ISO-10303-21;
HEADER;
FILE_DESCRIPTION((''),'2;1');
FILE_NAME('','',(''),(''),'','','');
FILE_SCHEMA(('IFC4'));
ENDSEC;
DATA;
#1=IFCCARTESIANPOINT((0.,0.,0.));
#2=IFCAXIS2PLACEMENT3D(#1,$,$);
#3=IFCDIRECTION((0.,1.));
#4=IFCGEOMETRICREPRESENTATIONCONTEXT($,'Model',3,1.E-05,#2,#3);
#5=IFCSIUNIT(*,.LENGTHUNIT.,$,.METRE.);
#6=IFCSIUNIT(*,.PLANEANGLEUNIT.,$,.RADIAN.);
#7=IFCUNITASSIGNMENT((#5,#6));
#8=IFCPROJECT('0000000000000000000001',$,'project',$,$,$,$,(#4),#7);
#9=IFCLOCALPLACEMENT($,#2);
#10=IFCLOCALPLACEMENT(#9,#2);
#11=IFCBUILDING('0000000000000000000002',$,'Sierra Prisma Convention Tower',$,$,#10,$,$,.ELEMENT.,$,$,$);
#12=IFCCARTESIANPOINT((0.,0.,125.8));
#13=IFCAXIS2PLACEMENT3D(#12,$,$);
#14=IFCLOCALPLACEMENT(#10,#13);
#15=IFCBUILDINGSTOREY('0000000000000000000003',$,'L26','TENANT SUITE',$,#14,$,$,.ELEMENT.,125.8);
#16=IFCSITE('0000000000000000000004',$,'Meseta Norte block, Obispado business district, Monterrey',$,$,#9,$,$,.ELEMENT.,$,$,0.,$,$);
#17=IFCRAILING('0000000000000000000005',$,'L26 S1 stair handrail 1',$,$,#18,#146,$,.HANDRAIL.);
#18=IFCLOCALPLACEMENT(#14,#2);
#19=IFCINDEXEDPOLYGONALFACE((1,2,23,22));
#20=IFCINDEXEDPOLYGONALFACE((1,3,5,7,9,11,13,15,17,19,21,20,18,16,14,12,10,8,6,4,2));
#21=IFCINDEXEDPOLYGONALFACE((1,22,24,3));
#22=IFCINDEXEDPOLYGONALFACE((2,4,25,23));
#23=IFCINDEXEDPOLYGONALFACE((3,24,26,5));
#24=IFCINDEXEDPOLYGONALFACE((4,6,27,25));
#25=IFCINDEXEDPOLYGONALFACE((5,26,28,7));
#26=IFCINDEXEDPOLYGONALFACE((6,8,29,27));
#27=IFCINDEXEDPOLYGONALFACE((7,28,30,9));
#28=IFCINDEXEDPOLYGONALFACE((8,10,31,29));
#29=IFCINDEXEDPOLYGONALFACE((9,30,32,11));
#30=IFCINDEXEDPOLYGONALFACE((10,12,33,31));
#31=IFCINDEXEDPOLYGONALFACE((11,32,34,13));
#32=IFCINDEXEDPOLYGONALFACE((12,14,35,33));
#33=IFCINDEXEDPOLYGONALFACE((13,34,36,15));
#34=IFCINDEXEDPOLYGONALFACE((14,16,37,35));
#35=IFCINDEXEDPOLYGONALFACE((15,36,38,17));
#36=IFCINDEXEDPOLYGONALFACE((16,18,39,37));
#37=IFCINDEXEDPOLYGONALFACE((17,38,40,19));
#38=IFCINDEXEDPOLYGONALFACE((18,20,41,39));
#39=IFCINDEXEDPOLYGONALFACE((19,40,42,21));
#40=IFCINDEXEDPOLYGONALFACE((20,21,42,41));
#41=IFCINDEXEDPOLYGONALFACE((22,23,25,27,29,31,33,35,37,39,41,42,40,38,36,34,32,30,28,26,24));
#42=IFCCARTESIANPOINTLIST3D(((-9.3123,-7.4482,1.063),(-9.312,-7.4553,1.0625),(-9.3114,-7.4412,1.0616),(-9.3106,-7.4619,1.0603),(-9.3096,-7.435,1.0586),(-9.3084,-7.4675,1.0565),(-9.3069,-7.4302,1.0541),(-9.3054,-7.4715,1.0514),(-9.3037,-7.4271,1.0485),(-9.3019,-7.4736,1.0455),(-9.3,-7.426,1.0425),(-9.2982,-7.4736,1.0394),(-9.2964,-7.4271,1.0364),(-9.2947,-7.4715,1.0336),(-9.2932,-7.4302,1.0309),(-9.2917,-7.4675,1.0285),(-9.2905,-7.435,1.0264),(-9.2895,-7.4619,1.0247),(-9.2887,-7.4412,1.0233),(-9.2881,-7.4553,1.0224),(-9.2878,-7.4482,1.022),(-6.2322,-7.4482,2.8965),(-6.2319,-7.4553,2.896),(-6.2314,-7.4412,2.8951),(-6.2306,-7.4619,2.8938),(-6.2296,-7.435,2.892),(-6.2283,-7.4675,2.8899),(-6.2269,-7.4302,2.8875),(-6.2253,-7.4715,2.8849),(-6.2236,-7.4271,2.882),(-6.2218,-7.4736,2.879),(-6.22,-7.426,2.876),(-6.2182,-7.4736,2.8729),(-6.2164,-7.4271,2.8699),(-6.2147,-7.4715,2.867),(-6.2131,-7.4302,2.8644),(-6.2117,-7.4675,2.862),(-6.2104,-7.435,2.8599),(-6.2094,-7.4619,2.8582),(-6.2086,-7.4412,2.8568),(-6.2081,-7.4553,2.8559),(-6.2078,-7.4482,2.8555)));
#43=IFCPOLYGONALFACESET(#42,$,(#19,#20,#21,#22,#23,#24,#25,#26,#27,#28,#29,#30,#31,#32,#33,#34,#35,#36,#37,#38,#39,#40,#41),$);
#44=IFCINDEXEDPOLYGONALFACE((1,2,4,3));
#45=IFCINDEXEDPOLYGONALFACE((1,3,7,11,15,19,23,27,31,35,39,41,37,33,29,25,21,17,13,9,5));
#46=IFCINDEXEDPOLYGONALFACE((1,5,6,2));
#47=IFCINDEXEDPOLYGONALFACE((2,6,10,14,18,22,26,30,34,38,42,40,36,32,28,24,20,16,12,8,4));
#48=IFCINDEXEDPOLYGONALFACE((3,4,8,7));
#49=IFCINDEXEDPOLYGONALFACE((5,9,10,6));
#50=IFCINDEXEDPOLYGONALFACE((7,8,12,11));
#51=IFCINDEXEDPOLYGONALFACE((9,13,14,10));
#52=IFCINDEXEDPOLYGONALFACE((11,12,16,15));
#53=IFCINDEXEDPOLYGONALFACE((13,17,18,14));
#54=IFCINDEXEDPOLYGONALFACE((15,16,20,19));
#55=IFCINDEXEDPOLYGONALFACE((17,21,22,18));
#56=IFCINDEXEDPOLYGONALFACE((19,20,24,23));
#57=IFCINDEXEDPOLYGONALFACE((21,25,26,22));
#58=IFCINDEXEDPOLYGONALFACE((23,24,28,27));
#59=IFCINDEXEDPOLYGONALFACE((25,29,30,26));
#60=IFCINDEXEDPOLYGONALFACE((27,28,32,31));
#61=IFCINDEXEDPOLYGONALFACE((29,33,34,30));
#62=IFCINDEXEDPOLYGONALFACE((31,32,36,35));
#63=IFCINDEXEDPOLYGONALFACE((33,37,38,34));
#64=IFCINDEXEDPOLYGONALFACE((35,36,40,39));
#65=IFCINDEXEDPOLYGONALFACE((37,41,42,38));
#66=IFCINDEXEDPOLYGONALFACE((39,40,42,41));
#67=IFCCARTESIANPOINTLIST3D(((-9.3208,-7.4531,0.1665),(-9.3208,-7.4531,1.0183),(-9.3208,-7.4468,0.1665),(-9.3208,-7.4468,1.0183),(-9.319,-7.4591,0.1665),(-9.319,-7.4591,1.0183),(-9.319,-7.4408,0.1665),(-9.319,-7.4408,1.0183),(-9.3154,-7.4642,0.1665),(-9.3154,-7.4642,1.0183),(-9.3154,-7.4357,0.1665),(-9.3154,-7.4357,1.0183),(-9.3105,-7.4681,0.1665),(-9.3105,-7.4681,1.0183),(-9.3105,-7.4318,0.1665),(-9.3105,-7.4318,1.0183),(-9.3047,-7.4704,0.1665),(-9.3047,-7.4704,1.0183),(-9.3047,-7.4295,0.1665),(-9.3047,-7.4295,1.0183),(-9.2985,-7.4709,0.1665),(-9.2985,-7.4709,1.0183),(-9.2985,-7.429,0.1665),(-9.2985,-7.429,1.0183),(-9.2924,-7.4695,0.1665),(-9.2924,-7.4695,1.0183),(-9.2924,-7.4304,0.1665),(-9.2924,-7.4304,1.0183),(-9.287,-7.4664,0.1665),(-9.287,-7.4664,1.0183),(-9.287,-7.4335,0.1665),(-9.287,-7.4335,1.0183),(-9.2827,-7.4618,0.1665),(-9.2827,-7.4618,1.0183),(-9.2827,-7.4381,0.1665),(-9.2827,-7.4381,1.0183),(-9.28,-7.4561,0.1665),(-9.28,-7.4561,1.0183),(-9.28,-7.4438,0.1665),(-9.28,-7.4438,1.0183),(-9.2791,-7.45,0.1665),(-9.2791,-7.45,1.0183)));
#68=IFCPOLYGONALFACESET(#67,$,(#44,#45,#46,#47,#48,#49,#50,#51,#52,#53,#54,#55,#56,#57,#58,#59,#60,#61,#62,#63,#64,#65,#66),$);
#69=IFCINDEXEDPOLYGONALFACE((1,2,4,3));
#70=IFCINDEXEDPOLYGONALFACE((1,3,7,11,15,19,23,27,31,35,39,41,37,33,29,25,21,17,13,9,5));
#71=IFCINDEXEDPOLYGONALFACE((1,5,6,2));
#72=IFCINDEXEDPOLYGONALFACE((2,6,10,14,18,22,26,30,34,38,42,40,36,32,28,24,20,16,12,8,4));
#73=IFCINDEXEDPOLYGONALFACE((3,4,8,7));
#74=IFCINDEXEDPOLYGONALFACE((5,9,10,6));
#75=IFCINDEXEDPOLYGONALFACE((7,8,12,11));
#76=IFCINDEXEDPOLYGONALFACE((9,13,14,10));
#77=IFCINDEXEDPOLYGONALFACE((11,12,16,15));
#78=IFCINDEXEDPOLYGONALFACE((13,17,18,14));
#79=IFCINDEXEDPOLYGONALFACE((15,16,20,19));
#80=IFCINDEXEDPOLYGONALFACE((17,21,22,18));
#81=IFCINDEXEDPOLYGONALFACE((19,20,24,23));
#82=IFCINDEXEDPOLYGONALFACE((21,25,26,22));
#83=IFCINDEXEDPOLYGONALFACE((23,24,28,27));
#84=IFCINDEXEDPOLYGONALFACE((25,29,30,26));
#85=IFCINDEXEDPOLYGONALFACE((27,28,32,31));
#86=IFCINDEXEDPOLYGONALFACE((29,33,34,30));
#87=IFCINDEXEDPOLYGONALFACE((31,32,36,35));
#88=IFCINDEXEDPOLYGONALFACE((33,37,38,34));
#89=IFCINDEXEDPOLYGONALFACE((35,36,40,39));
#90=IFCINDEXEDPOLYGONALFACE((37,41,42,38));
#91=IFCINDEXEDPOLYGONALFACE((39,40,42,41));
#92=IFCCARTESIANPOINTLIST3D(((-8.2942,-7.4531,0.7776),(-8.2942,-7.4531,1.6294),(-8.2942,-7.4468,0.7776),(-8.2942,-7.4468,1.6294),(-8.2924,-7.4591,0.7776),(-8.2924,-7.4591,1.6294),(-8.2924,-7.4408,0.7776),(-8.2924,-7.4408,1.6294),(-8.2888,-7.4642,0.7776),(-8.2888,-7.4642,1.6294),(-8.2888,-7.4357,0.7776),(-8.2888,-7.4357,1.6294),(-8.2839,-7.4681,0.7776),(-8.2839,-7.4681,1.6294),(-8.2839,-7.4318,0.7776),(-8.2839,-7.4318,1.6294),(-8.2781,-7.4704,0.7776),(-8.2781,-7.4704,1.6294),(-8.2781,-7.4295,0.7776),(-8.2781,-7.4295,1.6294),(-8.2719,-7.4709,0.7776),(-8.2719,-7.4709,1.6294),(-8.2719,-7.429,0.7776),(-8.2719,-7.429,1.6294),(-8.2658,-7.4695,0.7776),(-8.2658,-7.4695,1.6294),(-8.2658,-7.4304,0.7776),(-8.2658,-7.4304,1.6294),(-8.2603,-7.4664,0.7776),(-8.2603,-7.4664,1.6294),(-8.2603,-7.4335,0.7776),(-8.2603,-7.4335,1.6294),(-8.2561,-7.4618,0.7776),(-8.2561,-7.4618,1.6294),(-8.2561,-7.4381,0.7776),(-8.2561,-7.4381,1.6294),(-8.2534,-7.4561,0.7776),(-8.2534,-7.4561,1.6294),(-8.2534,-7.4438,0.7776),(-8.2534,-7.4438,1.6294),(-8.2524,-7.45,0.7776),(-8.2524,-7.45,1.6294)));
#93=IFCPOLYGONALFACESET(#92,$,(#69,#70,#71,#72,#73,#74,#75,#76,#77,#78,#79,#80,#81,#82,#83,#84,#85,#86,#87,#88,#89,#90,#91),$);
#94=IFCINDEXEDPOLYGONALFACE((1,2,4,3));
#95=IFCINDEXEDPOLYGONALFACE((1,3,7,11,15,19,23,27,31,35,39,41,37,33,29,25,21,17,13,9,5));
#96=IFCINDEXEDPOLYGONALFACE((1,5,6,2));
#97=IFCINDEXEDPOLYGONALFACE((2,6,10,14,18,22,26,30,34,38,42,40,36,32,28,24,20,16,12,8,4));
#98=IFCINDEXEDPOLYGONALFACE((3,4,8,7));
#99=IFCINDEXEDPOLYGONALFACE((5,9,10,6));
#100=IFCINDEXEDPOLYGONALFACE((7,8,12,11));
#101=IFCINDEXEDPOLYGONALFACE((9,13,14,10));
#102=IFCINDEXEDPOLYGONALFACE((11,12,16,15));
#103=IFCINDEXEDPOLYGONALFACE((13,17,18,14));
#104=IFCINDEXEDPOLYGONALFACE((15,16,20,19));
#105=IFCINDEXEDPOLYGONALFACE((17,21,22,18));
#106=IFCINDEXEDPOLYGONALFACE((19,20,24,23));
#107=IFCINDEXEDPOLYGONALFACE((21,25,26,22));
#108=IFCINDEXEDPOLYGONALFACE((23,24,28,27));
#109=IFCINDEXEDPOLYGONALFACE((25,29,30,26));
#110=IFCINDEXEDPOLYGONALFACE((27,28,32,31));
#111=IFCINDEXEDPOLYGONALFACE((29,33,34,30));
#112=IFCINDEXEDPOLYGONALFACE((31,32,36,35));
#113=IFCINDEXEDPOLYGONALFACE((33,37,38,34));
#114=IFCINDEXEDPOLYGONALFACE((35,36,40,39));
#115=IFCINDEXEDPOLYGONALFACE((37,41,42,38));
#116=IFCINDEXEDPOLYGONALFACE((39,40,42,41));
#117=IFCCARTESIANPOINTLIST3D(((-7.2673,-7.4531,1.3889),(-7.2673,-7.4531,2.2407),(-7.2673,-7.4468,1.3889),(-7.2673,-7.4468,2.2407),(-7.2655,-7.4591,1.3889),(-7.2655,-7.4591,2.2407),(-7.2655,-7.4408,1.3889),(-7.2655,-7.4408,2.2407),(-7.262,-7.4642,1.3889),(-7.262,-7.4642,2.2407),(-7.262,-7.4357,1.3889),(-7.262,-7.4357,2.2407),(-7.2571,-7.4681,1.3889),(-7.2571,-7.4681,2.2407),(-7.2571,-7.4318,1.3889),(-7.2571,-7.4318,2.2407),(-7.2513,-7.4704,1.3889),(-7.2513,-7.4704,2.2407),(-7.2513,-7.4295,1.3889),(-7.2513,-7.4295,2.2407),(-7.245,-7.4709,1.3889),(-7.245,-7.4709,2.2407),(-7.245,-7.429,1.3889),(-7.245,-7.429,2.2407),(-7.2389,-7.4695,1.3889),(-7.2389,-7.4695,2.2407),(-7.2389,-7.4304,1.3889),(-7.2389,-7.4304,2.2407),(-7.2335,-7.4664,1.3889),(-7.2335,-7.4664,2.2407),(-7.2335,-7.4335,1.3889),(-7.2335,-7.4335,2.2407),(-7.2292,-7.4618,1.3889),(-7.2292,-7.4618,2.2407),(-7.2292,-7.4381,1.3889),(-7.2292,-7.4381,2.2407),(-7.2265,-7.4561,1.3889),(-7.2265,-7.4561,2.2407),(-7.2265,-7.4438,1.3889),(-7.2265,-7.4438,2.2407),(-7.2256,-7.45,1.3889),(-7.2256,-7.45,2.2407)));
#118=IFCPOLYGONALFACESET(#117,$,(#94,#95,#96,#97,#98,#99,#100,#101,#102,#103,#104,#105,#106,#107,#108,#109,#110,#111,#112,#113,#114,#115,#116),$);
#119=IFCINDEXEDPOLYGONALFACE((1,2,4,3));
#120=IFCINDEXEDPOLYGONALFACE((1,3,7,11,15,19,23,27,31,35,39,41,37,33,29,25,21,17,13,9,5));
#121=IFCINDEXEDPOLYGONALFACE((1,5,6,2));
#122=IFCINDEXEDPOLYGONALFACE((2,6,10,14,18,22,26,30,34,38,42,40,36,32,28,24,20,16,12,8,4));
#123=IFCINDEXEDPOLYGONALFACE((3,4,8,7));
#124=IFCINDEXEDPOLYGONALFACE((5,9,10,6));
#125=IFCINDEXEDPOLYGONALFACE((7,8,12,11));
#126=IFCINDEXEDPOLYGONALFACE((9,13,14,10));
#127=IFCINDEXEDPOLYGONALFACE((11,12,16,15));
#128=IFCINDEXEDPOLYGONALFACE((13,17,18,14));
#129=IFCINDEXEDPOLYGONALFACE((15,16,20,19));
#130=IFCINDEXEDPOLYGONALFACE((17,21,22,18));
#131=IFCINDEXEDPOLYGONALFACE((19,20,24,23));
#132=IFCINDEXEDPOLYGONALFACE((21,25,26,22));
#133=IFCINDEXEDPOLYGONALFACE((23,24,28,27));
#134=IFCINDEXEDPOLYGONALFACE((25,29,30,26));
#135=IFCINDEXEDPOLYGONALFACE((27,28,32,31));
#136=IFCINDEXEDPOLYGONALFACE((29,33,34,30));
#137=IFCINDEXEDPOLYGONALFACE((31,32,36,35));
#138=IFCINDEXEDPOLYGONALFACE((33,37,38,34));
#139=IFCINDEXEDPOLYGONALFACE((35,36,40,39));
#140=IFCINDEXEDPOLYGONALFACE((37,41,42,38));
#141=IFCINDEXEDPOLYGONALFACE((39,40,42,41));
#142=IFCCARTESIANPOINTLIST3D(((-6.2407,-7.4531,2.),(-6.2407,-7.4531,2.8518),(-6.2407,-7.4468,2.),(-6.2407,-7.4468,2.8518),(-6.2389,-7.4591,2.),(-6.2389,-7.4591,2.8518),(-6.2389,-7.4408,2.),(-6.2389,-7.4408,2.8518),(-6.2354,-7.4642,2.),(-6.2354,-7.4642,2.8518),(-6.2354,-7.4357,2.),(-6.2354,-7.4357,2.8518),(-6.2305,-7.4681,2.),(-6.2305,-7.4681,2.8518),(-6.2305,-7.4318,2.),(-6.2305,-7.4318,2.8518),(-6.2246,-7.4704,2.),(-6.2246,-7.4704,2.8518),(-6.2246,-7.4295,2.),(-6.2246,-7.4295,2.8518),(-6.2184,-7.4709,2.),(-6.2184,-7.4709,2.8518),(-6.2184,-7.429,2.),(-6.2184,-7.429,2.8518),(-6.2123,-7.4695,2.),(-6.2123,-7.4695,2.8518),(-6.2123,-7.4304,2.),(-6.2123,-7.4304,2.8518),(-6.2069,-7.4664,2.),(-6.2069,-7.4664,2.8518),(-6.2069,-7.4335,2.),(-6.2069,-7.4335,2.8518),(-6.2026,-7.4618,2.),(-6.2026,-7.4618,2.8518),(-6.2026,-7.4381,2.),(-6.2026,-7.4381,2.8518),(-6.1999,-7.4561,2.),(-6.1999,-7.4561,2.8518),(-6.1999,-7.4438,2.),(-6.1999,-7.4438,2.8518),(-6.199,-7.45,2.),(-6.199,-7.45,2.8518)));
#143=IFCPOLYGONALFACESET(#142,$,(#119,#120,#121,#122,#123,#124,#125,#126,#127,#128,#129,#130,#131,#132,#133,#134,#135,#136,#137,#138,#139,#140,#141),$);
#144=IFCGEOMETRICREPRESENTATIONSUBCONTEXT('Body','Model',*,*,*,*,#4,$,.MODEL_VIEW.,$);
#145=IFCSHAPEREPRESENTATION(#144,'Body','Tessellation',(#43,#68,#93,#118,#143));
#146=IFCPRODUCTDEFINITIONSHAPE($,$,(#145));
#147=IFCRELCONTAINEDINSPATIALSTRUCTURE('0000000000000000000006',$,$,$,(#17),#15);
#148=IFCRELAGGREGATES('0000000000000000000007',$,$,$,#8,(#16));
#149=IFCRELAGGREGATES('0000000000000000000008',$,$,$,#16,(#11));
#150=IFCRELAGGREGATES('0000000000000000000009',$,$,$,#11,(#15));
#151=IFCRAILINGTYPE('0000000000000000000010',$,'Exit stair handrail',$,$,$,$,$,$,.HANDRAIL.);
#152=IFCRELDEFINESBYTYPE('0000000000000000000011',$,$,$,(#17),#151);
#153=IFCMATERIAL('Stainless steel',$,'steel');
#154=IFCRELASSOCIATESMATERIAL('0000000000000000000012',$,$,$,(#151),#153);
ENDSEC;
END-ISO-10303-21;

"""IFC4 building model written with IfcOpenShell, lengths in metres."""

from ifc_helpers import new_model, si_unit, direction, frame, origin, origin_2d, place, context, subcontext, project, spatial, circle, extrude, material, type_object, element, save


model = new_model("IFC4")

# Units and contexts
model_context = context("Model", 3, precision=1e-05, world=origin(), true_north=direction((0.0, 1.0)))
body_context = subcontext(model_context, "Body", "Model", "MODEL_VIEW")
ifc_project = project(units=[si_unit("LENGTHUNIT", "METRE"), si_unit("PLANEANGLEUNIT", "RADIAN")], contexts=[model_context])

# Site, building, storey
site_placement = place(None, origin())
site = spatial("IfcSite", under=ifc_project, at=site_placement, Name="Meseta Norte block, Obispado business district, Monterrey", CompositionType="ELEMENT", RefElevation=0.0)
building_placement = place(site_placement, origin())
building = spatial("IfcBuilding", under=site, at=building_placement, Name="Sierra Prisma Convention Tower", CompositionType="ELEMENT")
storey_placement = place(building_placement, frame((0.0, 0.0, 125.8)))
storey = spatial("IfcBuildingStorey", under=building, at=storey_placement, Name="L26", Description="TENANT SUITE", CompositionType="ELEMENT", Elevation=125.8)

# Railing
ifc_material_1 = material(Name="Stainless steel", Category="steel")
railing_type_1 = type_object("IfcRailingType", Name="Exit stair handrail", PredefinedType="HANDRAIL", material=ifc_material_1)
railing_1_placement = place(storey_placement, frame((-9.3, -7.45, 0.1665)))
element("IfcRailing", 1, at=railing_1_placement, inside=storey, type_object=railing_type_1, Name="L26 S1 stair handrail 1", PredefinedType="HANDRAIL", context=body_context, shape_type="SweptSolid", body=[
    extrude(circle(Radius=0.0239, at=origin_2d()), frame((0.0, 0.0, 0.876), z_axis=(0.859279, 0.0, 0.511508), x_axis=(0.0, 1.0, 0.0)), (0.0, 0.0, 1.0), 3.5845),
    extrude(circle(Radius=0.021, at=origin_2d()), origin(), (0.0, 0.0, 1.0), 0.8518),
    extrude(circle(Radius=0.021, at=origin_2d()), frame((1.0266, 0.0, 0.6111)), (0.0, 0.0, 1.0), 0.8518),
    extrude(circle(Radius=0.021, at=origin_2d()), frame((2.0535, 0.0, 1.2224)), (0.0, 0.0, 1.0), 0.8518),
    extrude(circle(Radius=0.021, at=origin_2d()), frame((3.0801, 0.0, 1.8335)), (0.0, 0.0, 1.0), 0.8518),
])

save(model, "model.ifc")
